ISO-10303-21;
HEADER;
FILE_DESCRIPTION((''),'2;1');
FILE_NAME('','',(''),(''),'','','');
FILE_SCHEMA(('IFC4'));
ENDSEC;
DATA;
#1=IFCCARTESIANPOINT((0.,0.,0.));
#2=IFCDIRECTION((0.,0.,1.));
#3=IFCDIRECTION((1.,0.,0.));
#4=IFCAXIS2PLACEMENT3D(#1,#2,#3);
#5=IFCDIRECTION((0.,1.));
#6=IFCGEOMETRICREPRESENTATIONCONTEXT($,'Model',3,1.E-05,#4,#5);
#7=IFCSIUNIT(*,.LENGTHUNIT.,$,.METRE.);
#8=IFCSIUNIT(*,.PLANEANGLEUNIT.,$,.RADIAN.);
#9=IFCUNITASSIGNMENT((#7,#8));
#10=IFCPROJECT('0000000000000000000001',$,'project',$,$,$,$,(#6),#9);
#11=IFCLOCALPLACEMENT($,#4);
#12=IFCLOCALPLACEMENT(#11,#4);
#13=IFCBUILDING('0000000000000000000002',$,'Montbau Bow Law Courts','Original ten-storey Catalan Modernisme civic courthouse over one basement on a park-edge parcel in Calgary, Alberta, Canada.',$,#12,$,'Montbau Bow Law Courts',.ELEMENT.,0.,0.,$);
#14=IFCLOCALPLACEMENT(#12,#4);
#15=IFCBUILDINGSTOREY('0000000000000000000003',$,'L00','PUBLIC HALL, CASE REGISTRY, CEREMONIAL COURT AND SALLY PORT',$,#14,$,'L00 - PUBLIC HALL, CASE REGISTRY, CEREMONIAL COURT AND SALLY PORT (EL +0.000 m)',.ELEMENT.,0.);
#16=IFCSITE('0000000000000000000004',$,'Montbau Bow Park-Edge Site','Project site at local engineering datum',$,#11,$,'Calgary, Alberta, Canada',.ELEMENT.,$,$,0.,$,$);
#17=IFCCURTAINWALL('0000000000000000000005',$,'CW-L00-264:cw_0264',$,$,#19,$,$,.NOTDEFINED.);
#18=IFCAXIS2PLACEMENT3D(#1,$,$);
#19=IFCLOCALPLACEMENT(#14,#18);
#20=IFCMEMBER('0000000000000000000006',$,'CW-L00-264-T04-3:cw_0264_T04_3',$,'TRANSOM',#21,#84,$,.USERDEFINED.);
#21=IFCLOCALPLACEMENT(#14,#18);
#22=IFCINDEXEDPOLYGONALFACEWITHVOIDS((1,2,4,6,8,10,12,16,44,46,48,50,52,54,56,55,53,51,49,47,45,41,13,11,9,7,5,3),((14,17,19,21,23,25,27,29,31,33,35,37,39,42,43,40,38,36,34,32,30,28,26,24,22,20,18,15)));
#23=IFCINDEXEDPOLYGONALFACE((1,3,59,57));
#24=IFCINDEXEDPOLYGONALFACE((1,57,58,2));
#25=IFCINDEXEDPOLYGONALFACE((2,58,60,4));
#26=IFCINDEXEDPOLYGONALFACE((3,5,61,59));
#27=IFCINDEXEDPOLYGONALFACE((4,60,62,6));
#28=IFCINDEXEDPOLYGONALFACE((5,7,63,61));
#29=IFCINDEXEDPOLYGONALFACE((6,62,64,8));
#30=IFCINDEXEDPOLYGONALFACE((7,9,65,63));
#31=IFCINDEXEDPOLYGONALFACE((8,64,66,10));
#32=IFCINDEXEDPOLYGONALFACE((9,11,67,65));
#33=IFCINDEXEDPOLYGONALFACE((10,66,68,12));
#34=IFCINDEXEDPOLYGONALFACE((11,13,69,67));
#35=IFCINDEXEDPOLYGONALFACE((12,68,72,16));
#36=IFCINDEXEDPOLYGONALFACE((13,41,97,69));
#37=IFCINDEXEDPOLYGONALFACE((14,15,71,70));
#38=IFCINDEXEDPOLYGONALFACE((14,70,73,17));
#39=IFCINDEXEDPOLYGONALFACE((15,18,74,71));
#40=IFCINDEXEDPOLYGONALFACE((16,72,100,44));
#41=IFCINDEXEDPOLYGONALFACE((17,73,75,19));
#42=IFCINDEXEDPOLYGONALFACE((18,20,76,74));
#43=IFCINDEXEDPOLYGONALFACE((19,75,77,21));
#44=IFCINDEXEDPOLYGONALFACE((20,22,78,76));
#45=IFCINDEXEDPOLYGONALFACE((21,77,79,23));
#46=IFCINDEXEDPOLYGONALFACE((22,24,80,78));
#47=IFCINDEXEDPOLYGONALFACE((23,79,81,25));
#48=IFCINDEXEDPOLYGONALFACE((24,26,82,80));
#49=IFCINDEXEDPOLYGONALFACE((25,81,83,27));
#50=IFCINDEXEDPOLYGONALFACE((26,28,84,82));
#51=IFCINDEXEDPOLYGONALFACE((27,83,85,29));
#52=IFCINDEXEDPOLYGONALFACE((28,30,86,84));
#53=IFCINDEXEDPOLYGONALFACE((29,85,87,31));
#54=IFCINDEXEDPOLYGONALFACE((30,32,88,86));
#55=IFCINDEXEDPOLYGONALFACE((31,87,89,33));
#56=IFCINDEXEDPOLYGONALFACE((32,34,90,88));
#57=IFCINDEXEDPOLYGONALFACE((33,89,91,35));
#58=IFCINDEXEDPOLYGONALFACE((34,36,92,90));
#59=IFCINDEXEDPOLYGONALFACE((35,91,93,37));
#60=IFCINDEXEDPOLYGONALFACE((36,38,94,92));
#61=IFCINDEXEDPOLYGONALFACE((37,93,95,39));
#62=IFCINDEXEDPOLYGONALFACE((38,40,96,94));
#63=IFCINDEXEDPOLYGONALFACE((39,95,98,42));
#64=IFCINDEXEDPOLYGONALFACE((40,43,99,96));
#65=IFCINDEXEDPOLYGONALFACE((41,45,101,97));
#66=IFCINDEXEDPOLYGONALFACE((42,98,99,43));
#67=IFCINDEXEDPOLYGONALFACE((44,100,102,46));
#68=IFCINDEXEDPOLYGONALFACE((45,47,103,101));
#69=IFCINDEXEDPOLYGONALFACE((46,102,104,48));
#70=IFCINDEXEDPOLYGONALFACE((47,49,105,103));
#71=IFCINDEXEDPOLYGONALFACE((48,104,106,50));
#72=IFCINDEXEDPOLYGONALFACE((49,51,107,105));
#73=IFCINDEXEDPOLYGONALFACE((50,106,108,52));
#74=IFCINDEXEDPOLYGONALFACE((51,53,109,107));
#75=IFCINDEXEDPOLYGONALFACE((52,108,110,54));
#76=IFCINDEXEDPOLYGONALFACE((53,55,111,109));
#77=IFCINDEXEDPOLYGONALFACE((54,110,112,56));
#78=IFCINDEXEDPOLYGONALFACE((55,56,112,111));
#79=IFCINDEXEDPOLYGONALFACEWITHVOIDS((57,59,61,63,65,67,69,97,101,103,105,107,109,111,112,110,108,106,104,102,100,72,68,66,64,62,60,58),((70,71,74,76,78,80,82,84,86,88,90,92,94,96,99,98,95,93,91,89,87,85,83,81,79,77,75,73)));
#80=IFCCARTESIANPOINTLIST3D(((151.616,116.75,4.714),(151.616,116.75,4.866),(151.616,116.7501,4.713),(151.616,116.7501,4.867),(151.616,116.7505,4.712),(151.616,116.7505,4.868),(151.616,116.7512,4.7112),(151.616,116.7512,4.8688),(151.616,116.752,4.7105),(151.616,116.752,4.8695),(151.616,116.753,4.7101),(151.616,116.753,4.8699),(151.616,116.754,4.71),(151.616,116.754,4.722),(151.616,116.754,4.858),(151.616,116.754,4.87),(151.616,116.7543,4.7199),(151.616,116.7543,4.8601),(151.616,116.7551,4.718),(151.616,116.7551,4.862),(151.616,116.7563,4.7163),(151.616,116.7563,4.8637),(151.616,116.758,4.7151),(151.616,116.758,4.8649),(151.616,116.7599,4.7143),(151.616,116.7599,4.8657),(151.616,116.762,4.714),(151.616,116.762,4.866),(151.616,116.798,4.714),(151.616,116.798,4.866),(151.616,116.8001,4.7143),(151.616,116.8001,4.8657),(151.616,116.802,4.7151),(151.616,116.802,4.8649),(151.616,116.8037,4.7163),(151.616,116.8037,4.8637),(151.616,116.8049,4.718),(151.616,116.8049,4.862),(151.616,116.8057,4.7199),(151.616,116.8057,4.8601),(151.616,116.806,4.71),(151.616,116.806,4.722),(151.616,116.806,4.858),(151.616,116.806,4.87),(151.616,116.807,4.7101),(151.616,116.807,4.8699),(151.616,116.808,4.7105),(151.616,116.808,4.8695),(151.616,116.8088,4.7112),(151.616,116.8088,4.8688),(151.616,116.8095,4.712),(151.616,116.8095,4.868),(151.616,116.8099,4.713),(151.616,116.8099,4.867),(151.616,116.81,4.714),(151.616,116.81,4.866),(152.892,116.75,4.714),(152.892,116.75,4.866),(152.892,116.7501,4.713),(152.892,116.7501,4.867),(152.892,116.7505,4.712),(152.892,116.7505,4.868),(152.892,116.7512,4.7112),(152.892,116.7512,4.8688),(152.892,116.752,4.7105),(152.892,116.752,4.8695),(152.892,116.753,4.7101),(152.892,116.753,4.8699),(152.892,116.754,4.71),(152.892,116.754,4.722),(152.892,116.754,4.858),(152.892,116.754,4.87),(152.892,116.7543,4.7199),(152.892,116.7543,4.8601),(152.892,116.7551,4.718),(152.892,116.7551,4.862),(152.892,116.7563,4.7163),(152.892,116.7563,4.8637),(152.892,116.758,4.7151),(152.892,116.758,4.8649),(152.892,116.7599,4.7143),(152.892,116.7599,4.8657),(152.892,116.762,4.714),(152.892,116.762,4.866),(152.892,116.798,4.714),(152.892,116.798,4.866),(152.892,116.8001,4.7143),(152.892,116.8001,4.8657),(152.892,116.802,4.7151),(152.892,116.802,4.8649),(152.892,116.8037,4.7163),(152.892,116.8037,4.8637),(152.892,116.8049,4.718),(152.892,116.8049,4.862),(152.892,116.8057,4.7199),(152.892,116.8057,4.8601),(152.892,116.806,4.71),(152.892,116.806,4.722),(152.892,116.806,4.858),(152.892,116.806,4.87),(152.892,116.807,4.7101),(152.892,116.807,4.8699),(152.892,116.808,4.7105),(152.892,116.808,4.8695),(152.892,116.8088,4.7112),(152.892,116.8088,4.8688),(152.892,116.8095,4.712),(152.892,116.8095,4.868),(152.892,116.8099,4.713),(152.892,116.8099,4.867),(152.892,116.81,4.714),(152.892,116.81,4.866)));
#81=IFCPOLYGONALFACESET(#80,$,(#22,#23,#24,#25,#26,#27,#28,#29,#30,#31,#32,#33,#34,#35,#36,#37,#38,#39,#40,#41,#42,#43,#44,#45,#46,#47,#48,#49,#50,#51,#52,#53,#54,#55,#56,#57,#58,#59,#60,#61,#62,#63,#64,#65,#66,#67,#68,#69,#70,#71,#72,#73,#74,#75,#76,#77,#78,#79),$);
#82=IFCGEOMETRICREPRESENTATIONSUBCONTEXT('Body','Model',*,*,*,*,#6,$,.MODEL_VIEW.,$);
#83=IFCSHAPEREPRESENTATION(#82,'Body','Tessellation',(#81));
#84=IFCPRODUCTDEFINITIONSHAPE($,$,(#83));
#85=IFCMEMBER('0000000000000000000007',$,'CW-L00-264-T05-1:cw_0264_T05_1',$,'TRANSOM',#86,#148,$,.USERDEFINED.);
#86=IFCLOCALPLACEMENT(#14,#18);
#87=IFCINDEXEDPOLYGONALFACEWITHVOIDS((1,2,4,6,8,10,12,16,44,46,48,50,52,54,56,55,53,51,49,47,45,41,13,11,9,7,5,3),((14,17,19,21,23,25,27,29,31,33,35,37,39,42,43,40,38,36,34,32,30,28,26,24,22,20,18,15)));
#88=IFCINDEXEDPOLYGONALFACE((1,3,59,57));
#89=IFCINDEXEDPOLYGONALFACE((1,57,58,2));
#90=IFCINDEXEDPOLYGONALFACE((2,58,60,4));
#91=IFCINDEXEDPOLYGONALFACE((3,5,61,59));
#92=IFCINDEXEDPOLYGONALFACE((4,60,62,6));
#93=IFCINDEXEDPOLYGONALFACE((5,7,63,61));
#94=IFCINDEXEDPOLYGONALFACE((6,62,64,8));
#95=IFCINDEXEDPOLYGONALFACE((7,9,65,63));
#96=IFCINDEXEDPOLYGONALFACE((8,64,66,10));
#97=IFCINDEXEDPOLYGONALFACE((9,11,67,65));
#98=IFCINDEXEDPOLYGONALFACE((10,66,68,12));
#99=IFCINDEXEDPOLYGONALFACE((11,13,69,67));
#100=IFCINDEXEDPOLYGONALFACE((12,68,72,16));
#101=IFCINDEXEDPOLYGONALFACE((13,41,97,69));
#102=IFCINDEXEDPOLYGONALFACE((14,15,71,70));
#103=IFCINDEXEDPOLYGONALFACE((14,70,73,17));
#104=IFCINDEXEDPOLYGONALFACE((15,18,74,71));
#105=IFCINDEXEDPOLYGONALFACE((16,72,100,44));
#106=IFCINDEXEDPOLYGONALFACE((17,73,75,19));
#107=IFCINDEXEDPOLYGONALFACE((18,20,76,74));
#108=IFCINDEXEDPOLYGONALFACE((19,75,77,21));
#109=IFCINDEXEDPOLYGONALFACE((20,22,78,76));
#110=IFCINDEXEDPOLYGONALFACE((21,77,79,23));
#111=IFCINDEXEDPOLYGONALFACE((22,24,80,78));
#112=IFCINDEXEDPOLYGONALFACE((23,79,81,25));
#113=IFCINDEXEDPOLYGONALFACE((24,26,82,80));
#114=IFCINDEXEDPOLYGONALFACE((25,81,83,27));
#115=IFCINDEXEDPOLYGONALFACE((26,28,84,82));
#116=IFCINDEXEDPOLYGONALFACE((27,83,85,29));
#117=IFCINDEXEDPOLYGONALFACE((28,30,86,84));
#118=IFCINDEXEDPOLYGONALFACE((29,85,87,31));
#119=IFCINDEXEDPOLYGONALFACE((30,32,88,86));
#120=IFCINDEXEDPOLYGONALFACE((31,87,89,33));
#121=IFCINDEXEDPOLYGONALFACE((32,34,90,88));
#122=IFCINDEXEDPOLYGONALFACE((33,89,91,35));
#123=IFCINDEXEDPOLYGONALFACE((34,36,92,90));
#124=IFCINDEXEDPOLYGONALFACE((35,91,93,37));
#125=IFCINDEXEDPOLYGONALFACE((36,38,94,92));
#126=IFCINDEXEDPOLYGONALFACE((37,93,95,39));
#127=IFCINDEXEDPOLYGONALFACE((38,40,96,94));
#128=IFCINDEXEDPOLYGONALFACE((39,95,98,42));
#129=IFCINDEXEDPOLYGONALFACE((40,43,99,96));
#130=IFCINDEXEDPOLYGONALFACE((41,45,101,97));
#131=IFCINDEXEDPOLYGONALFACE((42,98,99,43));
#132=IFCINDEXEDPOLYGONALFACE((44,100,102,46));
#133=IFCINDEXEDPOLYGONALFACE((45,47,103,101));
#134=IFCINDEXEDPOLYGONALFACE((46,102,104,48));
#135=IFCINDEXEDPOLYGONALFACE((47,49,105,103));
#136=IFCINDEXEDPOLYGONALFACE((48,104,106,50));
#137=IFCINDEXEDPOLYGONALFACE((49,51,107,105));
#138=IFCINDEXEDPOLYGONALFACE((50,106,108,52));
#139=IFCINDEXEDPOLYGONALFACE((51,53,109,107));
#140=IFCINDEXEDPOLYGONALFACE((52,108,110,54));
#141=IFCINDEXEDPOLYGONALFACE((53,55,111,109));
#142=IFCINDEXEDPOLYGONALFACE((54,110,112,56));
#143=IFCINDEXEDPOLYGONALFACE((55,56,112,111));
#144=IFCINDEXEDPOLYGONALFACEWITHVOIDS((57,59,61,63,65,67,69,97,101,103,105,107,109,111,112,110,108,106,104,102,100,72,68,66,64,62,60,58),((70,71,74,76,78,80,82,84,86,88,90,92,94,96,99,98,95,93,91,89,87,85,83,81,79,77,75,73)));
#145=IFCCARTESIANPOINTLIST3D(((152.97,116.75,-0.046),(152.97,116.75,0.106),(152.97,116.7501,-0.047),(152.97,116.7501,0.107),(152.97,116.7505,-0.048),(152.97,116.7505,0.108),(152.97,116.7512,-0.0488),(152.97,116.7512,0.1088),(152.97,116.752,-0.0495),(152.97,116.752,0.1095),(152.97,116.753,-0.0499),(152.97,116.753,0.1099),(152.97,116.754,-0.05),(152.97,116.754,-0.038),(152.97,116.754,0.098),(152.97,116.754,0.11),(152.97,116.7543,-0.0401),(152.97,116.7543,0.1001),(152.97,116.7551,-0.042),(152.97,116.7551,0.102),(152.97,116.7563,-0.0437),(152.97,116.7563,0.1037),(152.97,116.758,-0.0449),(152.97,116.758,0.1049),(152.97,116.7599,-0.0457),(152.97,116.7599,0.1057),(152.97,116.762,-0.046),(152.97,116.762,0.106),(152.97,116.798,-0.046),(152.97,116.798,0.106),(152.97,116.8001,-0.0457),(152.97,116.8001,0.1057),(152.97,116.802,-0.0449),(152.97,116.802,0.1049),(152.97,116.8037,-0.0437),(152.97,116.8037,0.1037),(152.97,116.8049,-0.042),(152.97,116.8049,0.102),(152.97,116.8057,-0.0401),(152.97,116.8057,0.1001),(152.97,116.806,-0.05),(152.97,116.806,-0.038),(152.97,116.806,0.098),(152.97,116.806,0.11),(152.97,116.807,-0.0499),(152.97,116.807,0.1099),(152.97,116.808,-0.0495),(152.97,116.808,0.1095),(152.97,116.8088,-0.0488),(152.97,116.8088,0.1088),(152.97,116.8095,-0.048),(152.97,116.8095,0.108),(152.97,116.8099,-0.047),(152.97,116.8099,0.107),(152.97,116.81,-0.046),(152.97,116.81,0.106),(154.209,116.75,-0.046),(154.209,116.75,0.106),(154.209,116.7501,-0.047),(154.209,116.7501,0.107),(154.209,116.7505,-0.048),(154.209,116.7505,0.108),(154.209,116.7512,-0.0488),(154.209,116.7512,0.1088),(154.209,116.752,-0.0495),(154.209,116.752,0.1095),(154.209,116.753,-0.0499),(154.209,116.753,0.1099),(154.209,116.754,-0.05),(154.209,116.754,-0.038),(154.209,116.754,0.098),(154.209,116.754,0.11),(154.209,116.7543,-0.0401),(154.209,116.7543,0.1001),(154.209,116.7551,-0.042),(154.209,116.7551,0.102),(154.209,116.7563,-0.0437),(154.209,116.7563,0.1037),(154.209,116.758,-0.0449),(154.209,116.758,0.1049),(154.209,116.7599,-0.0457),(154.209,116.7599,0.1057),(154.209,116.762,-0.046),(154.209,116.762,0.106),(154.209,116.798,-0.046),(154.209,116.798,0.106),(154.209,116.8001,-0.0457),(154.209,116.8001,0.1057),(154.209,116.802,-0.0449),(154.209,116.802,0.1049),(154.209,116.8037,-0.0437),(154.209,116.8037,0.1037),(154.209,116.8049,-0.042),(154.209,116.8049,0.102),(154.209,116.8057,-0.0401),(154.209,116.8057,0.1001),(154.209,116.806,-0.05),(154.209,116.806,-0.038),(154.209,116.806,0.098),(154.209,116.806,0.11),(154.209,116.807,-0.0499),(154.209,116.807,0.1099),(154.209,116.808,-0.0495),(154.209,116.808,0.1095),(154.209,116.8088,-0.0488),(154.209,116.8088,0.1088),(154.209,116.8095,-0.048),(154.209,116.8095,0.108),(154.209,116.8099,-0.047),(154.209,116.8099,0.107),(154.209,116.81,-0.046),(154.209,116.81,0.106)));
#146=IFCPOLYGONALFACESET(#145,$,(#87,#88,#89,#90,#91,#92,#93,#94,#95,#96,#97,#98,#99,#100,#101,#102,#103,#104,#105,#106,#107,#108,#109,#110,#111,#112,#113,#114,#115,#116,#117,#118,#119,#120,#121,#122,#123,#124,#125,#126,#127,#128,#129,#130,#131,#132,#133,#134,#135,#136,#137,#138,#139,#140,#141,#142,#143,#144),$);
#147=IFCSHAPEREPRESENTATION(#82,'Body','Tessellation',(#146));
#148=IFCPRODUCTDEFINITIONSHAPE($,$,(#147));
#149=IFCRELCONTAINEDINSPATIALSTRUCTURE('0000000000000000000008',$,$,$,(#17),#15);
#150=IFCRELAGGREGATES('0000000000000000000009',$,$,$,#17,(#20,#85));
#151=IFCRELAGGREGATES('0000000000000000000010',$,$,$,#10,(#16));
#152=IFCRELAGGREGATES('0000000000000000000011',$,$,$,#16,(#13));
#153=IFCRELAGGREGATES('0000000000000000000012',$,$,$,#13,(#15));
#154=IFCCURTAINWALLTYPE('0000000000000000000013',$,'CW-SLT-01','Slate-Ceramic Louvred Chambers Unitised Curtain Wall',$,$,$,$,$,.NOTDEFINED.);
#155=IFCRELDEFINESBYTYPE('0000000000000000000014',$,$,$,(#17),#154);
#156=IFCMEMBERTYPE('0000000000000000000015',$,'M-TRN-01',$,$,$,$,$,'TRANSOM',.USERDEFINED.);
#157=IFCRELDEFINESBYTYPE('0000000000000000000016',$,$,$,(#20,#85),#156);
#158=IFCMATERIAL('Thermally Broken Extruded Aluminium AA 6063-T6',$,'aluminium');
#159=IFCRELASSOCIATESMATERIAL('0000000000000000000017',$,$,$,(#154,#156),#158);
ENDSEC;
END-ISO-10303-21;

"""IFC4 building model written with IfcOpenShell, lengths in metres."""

from ifc_helpers import new_model, si_unit, direction, frame, origin_with_axes, origin_2d_with_axis, place, context, subcontext, project, spatial, hollow_rectangle, extrude, material, material_profile, profile_set, type_object, element, aggregate, save


model = new_model("IFC4")

# Units and contexts
model_context = context("Model", 3, precision=1e-05, world=origin_with_axes(), true_north=direction((0.0, 1.0)))
body_context = subcontext(model_context, "Body", "Model", "MODEL_VIEW")
ifc_project = project(units=[si_unit("LENGTHUNIT", "METRE"), si_unit("PLANEANGLEUNIT", "RADIAN")], contexts=[model_context])

# Site, building, storey
site_placement = place(None, origin_with_axes())
site = spatial("IfcSite", under=ifc_project, at=site_placement, Name="Montbau Bow Park-Edge Site", Description="Project site at local engineering datum", LongName="Calgary, Alberta, Canada", CompositionType="ELEMENT", RefElevation=0.0)
building_placement = place(site_placement, origin_with_axes())
building = spatial("IfcBuilding", under=site, at=building_placement, Name="Montbau Bow Law Courts", Description="Original ten-storey Catalan Modernisme civic courthouse over one basement on a park-edge parcel in Calgary, Alberta, Canada.", LongName="Montbau Bow Law Courts", CompositionType="ELEMENT", ElevationOfRefHeight=0.0, ElevationOfTerrain=0.0)
storey_placement = place(building_placement, origin_with_axes())
storey = spatial("IfcBuildingStorey", under=building, at=storey_placement, Name="L00", Description="PUBLIC HALL, CASE REGISTRY, CEREMONIAL COURT AND SALLY PORT", LongName="L00 - PUBLIC HALL, CASE REGISTRY, CEREMONIAL COURT AND SALLY PORT (EL +0.000 m)", CompositionType="ELEMENT", Elevation=0.0)

# Curtain wall, members
ifc_material_1 = material(Name="Thermally Broken Extruded Aluminium AA 6063-T6", Category="aluminium")
curtain_wall_type = type_object("IfcCurtainWallType", Name="CW-SLT-01", Description="Slate-Ceramic Louvred Chambers Unitised Curtain Wall", PredefinedType="NOTDEFINED", material=ifc_material_1)
curtain_wall_placement = place(None, frame((147.515, 116.78, 0.0), z_axis=(0.0, 0.0, 1.0), x_axis=(1.0, 0.0, 0.0)))
curtain_wall = element("IfcCurtainWall", 1, at=curtain_wall_placement, inside=storey, type_object=curtain_wall_type, Name="CW-L00-264:cw_0264", PredefinedType="NOTDEFINED")
ifc_material_profile_1 = material_profile(ifc_material_1, hollow_rectangle(XDim=0.06, YDim=0.16, WallThickness=0.004, InnerFilletRadius=0.008, OuterFilletRadius=0.004, at=origin_2d_with_axis()), Name="CWT-160X60", Category="Main", Priority=0)
ifc_profile_set_1 = profile_set([ifc_material_profile_1], Name="Thermally Broken Extruded Aluminium AA 6063-T6")
member_type_1 = type_object("IfcMemberType", Name="M-TRN-01", ElementType="TRANSOM", PredefinedType="USERDEFINED", material=ifc_profile_set_1)
member_1_placement = place(None, frame((151.616, 116.78, 4.79), z_axis=(1.0, 0.0, 0.0), x_axis=(0.0, 1.0, 0.0)))
member_1 = element("IfcMember", 2, at=member_1_placement, type_object=member_type_1, Name="CW-L00-264-T04-3:cw_0264_T04_3", ObjectType="TRANSOM", PredefinedType="USERDEFINED", context=body_context, shape_type="SweptSolid", body=[
    extrude(hollow_rectangle(XDim=0.06, YDim=0.16, WallThickness=0.004, InnerFilletRadius=0.008, OuterFilletRadius=0.004, at=origin_2d_with_axis()), origin_with_axes(), (0.0, 0.0, 1.0), 1.276),
])
member_2_placement = place(None, frame((152.97, 116.78, 0.03), z_axis=(1.0, 0.0, 0.0), x_axis=(0.0, 1.0, 0.0)))
member_2 = element("IfcMember", 3, at=member_2_placement, type_object=member_type_1, Name="CW-L00-264-T05-1:cw_0264_T05_1", ObjectType="TRANSOM", PredefinedType="USERDEFINED", context=body_context, shape_type="SweptSolid", body=[
    extrude(hollow_rectangle(XDim=0.06, YDim=0.16, WallThickness=0.004, InnerFilletRadius=0.008, OuterFilletRadius=0.004, at=origin_2d_with_axis()), origin_with_axes(), (0.0, 0.0, 1.0), 1.239),
])
aggregate(curtain_wall, [member_1, member_2])

save(model, "model.ifc")
